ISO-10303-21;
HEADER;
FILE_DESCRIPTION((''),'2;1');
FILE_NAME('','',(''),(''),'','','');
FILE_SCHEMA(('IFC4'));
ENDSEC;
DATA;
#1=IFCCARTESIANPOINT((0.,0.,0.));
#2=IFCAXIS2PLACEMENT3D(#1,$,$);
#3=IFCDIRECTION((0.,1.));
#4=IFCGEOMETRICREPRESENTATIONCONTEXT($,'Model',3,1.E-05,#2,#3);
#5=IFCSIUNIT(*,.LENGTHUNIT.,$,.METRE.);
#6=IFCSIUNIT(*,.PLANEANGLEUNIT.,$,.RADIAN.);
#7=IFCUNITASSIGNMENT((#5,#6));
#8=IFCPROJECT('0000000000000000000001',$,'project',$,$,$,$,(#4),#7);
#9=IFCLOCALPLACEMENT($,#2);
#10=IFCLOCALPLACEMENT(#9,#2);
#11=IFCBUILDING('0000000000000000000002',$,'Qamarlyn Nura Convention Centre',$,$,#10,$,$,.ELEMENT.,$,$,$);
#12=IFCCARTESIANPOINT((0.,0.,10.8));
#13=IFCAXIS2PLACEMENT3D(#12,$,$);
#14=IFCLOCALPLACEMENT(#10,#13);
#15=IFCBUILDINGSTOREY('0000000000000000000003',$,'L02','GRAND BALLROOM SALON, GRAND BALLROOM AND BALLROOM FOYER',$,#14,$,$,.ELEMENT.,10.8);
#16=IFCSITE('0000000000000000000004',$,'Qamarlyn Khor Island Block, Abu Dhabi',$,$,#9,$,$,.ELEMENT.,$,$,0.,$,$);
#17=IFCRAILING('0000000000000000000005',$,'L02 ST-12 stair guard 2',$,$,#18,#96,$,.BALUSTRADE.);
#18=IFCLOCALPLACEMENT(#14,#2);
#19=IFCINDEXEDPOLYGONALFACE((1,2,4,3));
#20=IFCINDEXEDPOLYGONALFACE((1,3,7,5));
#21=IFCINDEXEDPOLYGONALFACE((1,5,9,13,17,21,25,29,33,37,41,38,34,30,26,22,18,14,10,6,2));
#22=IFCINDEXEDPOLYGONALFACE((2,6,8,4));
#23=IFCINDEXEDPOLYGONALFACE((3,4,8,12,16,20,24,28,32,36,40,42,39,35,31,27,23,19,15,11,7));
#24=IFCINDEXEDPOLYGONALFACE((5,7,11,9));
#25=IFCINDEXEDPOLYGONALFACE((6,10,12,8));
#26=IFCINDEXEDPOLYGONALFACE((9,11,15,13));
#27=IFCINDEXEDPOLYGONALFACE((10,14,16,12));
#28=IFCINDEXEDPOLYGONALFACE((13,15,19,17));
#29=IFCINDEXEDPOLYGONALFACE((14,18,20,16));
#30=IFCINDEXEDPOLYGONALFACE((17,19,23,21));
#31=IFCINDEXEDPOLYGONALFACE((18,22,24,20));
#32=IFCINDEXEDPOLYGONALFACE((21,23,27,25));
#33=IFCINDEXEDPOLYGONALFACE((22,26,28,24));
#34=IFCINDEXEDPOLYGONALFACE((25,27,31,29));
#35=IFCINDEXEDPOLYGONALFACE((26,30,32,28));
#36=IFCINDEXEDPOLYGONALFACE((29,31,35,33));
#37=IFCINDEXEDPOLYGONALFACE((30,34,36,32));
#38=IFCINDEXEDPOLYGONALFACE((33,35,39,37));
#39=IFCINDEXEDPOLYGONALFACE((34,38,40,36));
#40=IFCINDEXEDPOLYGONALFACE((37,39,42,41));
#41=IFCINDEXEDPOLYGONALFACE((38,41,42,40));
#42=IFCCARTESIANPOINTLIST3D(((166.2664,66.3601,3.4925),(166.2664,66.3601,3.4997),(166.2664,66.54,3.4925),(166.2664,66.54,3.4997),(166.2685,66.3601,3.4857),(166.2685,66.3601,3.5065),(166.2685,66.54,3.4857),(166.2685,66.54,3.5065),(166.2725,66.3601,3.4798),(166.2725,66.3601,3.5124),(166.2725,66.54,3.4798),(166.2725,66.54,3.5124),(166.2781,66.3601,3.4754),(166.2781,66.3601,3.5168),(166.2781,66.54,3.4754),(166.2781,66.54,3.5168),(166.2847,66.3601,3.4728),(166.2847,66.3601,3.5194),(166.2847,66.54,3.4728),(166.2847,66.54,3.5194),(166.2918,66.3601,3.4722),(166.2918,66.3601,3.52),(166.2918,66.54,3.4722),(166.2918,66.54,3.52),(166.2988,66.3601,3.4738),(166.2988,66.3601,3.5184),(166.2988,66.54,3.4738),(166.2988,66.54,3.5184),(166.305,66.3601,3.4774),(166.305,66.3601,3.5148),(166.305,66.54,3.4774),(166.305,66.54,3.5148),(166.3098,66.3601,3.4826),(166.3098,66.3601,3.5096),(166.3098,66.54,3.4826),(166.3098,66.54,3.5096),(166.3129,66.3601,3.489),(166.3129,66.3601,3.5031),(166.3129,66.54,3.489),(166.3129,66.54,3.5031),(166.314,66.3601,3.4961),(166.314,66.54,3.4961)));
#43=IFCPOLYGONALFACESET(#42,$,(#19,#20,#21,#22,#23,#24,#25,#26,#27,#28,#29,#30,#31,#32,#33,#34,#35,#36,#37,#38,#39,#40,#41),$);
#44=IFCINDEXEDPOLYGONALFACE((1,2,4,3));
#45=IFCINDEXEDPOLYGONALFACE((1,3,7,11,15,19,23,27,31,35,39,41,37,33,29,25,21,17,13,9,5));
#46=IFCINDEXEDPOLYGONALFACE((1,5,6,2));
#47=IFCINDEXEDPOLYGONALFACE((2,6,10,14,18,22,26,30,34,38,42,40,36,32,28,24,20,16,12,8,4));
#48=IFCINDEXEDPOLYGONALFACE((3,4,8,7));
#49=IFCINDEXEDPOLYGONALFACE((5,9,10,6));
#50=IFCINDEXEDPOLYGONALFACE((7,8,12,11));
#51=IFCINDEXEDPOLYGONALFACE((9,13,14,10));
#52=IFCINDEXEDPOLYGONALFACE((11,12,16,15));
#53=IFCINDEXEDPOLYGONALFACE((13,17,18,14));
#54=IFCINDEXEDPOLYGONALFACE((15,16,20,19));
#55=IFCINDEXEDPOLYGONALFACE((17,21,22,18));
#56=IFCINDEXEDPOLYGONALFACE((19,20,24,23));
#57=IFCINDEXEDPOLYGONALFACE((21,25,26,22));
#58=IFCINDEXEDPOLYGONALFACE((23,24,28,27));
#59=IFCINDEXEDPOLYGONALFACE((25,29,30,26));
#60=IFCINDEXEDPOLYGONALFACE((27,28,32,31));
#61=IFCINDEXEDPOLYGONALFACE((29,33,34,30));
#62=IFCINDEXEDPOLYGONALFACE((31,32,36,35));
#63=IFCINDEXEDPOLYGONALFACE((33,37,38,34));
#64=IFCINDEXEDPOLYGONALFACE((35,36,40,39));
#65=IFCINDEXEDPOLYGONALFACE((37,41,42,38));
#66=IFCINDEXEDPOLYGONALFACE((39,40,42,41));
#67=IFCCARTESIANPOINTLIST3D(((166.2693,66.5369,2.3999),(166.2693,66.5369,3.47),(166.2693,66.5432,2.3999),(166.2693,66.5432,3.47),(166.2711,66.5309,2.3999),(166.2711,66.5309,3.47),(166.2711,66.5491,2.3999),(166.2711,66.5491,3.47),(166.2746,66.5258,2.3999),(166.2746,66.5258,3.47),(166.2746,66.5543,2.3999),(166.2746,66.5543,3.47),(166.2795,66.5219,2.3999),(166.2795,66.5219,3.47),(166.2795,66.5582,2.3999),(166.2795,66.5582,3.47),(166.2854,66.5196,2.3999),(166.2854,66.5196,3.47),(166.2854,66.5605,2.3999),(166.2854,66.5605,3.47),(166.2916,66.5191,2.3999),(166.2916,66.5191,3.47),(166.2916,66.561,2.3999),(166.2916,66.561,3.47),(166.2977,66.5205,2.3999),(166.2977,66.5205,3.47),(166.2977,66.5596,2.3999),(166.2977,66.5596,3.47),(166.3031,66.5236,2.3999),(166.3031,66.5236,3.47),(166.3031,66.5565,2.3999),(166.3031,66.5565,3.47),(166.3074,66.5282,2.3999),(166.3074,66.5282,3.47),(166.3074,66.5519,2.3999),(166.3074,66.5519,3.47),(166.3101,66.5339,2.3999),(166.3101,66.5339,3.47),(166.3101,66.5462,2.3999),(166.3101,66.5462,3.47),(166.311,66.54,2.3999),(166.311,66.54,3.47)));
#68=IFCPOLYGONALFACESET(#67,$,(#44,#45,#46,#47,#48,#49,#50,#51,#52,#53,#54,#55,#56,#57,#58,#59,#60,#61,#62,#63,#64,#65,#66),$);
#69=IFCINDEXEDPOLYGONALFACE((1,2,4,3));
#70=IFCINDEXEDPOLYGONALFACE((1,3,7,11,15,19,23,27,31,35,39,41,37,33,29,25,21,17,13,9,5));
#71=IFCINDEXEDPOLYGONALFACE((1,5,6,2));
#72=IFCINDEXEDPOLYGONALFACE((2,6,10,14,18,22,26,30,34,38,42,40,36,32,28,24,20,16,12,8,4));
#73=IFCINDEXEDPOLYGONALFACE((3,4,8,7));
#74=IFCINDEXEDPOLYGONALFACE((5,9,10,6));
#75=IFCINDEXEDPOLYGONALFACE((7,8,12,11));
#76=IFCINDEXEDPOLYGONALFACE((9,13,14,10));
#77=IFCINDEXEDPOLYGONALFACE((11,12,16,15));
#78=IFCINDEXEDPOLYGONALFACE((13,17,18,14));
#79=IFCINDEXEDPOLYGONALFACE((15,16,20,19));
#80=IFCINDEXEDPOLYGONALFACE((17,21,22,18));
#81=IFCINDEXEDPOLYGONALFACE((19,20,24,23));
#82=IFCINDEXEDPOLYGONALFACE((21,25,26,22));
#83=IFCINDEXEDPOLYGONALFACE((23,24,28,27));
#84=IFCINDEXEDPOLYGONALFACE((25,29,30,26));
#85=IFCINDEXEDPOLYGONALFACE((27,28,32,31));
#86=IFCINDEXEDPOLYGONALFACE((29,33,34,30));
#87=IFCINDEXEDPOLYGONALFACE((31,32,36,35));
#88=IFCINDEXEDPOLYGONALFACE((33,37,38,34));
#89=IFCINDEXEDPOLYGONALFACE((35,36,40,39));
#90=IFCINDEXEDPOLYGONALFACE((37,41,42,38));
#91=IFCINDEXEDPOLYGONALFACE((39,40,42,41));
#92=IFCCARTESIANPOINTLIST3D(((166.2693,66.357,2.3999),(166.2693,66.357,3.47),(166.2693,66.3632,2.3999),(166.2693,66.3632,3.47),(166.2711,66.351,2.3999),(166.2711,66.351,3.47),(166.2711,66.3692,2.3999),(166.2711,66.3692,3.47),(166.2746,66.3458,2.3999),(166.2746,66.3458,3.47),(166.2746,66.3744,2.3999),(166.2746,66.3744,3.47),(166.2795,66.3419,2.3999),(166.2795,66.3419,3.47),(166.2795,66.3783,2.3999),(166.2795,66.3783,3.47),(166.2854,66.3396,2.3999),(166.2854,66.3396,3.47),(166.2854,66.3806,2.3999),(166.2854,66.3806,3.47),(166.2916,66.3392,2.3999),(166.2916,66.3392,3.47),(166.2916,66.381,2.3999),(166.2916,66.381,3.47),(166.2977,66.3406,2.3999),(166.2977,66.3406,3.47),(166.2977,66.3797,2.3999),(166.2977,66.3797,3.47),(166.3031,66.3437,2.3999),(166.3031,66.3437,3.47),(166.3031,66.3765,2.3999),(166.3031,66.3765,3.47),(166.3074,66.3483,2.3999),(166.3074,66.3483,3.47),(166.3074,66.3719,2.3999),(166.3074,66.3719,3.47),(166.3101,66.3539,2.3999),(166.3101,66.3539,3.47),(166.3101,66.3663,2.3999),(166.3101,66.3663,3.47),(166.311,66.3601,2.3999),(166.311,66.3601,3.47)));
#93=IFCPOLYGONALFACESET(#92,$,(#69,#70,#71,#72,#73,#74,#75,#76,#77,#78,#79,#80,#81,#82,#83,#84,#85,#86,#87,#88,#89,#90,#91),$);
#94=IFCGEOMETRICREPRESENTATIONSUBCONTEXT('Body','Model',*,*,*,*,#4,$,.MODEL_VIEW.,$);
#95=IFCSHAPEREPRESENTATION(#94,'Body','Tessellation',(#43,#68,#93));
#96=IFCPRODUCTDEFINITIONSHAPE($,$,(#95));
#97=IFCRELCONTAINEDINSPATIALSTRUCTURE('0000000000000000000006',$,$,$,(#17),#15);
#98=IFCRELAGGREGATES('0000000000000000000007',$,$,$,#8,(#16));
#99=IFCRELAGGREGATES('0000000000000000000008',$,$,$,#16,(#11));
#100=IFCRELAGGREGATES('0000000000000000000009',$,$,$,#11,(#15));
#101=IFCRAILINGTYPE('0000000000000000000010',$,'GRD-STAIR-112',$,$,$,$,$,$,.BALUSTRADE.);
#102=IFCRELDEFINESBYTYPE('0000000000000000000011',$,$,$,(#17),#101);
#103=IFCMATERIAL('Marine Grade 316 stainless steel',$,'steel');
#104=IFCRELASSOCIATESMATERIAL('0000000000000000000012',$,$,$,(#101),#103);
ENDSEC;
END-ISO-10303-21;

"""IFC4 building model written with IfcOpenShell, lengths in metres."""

from ifc_helpers import new_model, si_unit, direction, frame, origin, origin_2d, place, context, subcontext, project, spatial, circle, extrude, material, type_object, element, save


model = new_model("IFC4")

# Units and contexts
model_context = context("Model", 3, precision=1e-05, world=origin(), true_north=direction((0.0, 1.0)))
body_context = subcontext(model_context, "Body", "Model", "MODEL_VIEW")
ifc_project = project(units=[si_unit("LENGTHUNIT", "METRE"), si_unit("PLANEANGLEUNIT", "RADIAN")], contexts=[model_context])

# Site, building, storey
site_placement = place(None, origin())
site = spatial("IfcSite", under=ifc_project, at=site_placement, Name="Qamarlyn Khor Island Block, Abu Dhabi", CompositionType="ELEMENT", RefElevation=0.0)
building_placement = place(site_placement, origin())
building = spatial("IfcBuilding", under=site, at=building_placement, Name="Qamarlyn Nura Convention Centre", CompositionType="ELEMENT")
storey_placement = place(building_placement, frame((0.0, 0.0, 10.8)))
storey = spatial("IfcBuildingStorey", under=building, at=storey_placement, Name="L02", Description="GRAND BALLROOM SALON, GRAND BALLROOM AND BALLROOM FOYER", CompositionType="ELEMENT", Elevation=10.8)

# Railing
ifc_material_1 = material(Name="Marine Grade 316 stainless steel", Category="steel")
railing_type_1 = type_object("IfcRailingType", Name="GRD-STAIR-112", PredefinedType="BALUSTRADE", material=ifc_material_1)
railing_1_placement = place(storey_placement, frame((166.29, 66.54, 2.3999)))
element("IfcRailing", 1, at=railing_1_placement, inside=storey, type_object=railing_type_1, Name="L02 ST-12 stair guard 2", PredefinedType="BALUSTRADE", context=body_context, shape_type="SweptSolid", body=[
    extrude(circle(Radius=0.0239, at=origin_2d()), frame((0.0, 0.0, 1.0962), z_axis=(0.0, -1.0, 0.0), x_axis=(1.0, 0.0, 0.0)), (0.0, 0.0, 1.0), 0.1799),
    extrude(circle(Radius=0.021, at=origin_2d()), origin(), (0.0, 0.0, 1.0), 1.0701),
    extrude(circle(Radius=0.021, at=origin_2d()), frame((0.0, -0.1799, 0.0)), (0.0, 0.0, 1.0), 1.0701),
])

save(model, "model.ifc")
